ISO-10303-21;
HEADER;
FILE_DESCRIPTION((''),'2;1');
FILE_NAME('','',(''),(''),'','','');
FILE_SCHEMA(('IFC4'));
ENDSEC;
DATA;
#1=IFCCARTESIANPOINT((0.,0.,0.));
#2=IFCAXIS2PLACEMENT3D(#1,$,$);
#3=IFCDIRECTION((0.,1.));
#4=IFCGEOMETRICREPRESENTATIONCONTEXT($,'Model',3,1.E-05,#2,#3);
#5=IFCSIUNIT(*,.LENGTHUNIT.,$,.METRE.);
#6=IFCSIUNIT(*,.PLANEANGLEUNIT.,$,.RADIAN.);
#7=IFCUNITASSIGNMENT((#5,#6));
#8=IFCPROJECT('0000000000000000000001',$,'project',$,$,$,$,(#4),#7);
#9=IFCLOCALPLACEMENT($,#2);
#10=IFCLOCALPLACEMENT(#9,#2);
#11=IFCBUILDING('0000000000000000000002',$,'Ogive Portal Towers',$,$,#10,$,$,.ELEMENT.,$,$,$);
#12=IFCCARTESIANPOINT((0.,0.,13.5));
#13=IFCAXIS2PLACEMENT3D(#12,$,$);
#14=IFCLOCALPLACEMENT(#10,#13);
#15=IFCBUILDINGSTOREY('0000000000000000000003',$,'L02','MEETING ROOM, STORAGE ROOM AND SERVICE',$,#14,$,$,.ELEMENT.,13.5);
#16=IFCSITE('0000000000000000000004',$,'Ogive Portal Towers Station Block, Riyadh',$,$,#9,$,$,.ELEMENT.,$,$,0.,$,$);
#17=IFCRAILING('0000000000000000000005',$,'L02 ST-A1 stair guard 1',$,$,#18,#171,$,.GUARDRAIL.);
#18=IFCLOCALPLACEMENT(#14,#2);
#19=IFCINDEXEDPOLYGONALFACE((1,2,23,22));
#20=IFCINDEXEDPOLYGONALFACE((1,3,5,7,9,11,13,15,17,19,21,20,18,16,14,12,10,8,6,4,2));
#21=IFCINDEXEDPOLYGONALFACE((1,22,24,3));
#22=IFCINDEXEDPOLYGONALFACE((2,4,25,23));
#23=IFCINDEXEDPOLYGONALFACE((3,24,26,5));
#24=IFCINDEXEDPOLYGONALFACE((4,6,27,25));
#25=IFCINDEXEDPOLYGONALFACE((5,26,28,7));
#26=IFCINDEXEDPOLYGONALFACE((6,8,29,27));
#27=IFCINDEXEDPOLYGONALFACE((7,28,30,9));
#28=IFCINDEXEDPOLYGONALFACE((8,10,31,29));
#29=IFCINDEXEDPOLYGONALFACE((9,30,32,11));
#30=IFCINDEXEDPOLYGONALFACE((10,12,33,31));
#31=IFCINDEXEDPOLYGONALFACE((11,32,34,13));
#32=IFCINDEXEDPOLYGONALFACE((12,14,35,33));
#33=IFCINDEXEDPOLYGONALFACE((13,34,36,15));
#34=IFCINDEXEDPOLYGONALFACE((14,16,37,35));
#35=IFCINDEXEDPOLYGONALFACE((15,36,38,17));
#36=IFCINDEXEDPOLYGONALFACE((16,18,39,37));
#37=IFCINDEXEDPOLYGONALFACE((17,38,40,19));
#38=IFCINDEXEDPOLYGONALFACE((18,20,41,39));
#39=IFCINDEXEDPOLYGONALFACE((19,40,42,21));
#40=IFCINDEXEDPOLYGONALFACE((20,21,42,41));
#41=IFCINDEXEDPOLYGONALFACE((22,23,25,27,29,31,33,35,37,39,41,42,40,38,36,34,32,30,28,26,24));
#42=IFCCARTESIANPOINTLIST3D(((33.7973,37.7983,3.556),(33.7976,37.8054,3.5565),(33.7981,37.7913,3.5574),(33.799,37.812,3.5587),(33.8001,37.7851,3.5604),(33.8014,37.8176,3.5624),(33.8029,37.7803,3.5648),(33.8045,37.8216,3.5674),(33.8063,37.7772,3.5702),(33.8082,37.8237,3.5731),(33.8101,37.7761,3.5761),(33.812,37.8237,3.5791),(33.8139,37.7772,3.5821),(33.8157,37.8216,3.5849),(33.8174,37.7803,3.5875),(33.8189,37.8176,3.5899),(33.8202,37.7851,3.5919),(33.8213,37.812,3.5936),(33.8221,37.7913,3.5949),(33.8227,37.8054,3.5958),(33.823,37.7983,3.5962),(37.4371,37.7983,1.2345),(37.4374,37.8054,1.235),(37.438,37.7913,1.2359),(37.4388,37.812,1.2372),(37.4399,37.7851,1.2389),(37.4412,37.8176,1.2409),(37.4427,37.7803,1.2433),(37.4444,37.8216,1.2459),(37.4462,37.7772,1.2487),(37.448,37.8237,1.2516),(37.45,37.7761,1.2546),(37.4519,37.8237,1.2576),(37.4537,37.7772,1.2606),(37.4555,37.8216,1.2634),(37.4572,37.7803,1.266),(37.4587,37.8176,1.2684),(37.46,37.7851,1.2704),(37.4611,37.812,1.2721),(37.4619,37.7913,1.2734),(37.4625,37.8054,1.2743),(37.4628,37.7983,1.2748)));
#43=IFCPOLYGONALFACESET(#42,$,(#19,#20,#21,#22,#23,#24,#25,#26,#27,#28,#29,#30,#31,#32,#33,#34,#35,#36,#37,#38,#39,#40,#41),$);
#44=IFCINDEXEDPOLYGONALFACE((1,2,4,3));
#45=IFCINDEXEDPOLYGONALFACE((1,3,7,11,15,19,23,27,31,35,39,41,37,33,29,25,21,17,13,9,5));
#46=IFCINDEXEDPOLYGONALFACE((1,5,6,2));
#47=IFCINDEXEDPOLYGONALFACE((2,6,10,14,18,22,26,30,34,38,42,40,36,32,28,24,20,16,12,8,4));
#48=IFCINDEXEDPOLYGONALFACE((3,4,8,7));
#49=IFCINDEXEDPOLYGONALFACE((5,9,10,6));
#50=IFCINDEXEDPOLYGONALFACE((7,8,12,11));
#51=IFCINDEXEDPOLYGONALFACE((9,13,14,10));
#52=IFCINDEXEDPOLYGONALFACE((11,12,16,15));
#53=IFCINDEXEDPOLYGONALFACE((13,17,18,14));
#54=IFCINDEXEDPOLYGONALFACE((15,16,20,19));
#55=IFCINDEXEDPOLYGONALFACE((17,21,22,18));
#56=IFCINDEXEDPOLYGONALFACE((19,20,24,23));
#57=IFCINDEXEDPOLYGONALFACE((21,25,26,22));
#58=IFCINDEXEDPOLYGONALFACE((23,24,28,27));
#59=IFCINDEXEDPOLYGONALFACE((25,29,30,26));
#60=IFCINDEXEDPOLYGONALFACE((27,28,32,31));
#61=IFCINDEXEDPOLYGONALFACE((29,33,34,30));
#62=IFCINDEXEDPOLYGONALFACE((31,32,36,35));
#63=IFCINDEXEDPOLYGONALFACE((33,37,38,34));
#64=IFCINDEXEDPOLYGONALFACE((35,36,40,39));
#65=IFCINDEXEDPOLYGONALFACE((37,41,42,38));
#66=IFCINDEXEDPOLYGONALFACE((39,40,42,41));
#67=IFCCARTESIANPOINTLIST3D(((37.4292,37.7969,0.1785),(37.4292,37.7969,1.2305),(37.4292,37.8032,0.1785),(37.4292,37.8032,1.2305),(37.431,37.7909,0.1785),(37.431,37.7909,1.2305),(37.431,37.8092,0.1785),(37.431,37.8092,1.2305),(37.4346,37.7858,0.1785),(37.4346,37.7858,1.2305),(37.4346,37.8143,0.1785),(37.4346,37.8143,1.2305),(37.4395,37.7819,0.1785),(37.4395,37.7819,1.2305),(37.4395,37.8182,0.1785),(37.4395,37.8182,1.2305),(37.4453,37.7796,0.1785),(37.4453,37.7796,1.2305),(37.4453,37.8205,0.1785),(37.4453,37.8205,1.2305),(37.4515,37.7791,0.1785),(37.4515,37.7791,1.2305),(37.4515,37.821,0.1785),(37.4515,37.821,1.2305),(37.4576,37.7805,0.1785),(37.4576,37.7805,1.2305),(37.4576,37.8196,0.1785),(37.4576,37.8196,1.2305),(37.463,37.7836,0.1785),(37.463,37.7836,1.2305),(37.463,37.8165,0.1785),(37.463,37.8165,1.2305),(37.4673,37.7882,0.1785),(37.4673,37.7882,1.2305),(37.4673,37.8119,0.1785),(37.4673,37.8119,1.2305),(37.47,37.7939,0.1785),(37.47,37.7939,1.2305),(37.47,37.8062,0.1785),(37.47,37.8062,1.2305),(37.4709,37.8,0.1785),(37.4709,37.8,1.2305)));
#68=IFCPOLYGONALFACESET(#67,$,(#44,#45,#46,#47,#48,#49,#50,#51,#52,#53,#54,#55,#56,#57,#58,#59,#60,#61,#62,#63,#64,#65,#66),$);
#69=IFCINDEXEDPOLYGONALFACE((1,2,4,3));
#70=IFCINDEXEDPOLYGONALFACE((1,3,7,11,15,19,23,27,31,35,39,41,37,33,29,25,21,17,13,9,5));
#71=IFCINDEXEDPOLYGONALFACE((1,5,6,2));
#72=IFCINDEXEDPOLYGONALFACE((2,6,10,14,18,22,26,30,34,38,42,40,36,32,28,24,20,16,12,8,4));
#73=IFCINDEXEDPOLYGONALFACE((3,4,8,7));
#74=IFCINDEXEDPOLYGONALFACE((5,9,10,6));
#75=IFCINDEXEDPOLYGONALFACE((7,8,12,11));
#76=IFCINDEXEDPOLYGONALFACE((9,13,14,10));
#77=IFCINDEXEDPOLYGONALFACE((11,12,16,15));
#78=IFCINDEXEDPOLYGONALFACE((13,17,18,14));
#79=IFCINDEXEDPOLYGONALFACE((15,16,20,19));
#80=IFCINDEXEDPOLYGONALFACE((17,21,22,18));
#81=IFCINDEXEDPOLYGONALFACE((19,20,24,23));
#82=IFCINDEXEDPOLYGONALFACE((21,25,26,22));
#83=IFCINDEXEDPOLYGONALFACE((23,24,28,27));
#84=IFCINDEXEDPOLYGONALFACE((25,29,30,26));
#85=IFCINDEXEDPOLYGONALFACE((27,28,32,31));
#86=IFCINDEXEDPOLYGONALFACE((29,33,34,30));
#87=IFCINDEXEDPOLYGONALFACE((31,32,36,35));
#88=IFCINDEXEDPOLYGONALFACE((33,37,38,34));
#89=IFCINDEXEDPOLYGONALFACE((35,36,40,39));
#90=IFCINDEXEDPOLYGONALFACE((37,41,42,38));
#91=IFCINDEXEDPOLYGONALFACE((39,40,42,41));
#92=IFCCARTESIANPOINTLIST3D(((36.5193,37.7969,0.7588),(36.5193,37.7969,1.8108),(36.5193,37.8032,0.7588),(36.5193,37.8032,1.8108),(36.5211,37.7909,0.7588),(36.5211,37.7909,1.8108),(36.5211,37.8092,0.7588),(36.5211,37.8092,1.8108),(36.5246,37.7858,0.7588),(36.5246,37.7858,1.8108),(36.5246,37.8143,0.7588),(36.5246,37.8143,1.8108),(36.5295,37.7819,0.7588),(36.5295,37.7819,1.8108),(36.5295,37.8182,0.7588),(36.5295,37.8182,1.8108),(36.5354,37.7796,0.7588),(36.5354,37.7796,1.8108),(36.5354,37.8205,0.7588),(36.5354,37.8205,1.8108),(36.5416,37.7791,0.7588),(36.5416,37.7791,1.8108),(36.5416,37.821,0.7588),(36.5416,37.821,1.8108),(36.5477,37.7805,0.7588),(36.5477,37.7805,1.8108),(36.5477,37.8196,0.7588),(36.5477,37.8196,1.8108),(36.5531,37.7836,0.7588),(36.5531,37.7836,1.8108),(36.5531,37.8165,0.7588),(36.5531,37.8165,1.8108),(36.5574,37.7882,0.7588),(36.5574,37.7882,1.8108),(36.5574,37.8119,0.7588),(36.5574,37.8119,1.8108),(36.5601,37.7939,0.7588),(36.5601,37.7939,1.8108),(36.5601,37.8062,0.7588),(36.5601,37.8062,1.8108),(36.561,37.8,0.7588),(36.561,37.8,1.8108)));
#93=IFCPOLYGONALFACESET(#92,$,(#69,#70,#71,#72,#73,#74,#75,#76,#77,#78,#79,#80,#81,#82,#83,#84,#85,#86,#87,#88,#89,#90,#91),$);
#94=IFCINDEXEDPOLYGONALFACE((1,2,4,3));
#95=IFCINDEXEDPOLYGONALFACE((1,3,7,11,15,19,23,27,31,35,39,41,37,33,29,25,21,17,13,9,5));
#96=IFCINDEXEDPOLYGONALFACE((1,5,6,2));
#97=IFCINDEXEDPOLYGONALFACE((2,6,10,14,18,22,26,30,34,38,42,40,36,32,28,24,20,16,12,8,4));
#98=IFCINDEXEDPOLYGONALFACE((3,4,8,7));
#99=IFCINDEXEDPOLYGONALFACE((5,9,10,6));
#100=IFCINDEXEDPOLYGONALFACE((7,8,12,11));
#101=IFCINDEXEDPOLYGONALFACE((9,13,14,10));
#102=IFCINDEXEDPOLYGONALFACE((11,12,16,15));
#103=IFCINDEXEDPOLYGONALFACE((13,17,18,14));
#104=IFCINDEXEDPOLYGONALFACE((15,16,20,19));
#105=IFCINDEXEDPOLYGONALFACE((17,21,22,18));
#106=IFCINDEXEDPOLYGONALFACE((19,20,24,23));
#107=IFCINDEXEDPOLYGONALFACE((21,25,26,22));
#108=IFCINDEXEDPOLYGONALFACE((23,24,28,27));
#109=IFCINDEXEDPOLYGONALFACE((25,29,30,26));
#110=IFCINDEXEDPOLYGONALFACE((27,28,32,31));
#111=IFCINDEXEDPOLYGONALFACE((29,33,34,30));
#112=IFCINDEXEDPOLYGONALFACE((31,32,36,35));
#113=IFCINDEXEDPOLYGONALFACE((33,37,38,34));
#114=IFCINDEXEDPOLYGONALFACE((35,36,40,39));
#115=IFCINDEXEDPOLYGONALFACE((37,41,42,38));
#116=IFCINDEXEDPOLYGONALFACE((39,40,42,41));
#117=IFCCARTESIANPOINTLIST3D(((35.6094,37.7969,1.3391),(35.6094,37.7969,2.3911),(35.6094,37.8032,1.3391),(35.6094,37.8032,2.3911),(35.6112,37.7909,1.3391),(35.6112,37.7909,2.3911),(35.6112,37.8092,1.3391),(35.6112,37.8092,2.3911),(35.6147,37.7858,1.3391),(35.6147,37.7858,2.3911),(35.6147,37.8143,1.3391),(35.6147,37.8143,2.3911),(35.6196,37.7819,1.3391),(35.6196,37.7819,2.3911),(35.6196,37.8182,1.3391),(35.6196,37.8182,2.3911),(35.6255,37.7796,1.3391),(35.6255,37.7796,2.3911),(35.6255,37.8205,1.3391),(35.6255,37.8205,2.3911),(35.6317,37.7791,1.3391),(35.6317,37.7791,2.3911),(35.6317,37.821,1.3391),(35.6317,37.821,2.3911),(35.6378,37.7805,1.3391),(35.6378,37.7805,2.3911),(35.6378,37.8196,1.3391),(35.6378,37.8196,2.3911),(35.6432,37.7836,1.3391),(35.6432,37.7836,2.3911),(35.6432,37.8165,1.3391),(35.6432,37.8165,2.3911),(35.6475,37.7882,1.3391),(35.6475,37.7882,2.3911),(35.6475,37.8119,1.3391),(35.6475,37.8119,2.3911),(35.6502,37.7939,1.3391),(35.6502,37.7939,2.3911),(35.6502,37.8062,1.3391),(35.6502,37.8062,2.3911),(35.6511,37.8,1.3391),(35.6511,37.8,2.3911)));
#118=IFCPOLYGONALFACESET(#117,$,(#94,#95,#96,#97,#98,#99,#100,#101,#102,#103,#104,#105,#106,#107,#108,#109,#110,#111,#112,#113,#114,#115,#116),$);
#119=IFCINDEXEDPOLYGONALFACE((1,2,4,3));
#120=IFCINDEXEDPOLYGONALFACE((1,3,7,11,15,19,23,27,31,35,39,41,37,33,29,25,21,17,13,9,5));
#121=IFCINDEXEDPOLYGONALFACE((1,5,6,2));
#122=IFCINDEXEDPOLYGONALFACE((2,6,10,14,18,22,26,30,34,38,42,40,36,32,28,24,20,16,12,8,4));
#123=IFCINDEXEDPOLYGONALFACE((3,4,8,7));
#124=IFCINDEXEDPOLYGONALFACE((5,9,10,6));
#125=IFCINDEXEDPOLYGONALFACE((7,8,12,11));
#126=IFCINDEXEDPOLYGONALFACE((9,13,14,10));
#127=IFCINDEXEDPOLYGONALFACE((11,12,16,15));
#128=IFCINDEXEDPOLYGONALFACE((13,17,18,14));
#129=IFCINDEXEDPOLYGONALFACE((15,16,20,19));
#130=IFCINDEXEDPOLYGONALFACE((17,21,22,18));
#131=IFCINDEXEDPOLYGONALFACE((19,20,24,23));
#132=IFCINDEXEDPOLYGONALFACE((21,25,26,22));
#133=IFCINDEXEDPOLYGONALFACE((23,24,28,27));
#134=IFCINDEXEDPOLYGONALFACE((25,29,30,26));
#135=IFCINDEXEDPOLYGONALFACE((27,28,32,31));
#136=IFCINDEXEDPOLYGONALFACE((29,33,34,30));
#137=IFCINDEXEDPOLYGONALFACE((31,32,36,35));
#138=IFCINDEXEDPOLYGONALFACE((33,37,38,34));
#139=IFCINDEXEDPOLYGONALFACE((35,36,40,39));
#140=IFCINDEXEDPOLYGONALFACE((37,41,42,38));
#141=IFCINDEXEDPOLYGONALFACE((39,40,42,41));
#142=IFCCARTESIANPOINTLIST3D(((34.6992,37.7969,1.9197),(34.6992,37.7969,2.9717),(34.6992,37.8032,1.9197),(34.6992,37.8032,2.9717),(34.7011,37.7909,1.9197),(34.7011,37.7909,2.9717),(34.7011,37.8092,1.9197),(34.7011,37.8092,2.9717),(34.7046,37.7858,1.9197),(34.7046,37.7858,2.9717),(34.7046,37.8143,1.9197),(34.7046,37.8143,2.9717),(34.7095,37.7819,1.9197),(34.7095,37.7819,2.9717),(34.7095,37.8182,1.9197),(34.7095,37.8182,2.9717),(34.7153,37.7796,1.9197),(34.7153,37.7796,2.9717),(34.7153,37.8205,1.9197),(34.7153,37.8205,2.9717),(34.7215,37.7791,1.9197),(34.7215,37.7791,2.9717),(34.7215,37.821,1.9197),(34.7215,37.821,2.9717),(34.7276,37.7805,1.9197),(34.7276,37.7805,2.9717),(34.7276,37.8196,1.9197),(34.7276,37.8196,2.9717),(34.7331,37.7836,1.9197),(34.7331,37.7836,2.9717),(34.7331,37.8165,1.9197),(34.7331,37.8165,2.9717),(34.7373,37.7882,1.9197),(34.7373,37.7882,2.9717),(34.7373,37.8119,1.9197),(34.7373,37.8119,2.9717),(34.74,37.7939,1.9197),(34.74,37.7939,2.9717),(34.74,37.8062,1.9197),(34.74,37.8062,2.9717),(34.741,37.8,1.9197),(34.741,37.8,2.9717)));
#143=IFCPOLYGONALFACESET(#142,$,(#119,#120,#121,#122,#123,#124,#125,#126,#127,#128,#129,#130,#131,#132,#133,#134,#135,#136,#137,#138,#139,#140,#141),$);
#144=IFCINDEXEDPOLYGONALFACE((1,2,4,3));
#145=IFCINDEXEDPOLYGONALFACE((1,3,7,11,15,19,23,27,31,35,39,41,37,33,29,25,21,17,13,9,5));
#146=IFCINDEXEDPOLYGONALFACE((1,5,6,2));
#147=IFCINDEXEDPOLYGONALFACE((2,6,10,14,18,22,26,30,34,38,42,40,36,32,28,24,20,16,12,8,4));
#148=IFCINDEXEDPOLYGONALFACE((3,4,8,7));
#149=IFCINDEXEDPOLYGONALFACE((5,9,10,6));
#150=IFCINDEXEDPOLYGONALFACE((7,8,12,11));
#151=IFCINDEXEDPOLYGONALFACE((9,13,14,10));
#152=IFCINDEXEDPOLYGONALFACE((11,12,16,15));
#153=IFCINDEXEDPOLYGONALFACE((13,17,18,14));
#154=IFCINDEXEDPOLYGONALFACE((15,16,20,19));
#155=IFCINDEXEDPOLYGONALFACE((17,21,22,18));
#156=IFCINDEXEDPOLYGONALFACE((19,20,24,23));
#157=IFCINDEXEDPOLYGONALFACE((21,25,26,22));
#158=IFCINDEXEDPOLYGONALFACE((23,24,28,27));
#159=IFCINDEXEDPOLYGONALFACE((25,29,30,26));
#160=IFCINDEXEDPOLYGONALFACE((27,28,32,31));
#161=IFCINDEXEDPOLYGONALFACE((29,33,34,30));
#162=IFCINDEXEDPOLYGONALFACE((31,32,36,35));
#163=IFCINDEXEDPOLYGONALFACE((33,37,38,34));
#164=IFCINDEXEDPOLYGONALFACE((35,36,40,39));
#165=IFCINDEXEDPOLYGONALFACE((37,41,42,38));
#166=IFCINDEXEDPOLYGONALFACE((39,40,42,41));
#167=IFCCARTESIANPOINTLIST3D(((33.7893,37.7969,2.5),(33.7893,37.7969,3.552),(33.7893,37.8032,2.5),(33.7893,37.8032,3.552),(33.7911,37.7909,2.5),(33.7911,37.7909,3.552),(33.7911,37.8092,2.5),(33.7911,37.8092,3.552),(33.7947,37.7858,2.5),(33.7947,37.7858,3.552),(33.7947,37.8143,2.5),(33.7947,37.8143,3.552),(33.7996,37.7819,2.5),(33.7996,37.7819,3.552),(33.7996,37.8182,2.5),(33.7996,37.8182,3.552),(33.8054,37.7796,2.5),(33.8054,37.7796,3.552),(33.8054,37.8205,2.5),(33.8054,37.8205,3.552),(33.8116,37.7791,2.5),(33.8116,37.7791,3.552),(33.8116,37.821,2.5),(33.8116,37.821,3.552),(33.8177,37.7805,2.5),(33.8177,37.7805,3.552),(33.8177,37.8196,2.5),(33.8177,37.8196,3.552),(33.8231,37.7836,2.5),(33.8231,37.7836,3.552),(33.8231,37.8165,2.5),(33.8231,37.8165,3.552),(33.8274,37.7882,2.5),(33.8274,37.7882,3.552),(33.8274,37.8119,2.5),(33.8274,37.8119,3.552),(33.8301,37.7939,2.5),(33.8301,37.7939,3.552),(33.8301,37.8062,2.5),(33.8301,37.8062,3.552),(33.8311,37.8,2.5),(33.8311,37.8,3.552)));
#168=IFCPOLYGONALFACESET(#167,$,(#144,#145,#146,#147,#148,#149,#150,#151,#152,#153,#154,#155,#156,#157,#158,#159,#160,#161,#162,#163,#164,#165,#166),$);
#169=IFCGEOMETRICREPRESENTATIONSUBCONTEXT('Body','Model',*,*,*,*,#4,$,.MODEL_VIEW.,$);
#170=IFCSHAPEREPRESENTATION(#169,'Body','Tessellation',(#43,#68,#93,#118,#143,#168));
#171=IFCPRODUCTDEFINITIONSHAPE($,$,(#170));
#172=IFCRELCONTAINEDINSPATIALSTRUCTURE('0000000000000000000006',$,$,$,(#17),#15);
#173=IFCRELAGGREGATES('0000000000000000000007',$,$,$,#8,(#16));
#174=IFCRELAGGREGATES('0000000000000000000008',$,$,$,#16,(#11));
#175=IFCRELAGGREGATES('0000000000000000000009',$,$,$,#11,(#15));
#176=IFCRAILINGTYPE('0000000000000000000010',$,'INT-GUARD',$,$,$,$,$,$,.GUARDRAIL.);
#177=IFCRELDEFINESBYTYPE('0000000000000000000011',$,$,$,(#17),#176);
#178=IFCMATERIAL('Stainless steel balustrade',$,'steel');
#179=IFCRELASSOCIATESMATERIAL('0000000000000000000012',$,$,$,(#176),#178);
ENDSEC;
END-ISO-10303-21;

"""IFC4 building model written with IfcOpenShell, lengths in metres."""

from ifc_helpers import new_model, si_unit, direction, frame, origin, origin_2d, place, context, subcontext, project, spatial, circle, extrude, material, type_object, element, save


model = new_model("IFC4")

# Units and contexts
model_context = context("Model", 3, precision=1e-05, world=origin(), true_north=direction((0.0, 1.0)))
body_context = subcontext(model_context, "Body", "Model", "MODEL_VIEW")
ifc_project = project(units=[si_unit("LENGTHUNIT", "METRE"), si_unit("PLANEANGLEUNIT", "RADIAN")], contexts=[model_context])

# Site, building, storey
site_placement = place(None, origin())
site = spatial("IfcSite", under=ifc_project, at=site_placement, Name="Ogive Portal Towers Station Block, Riyadh", CompositionType="ELEMENT", RefElevation=0.0)
building_placement = place(site_placement, origin())
building = spatial("IfcBuilding", under=site, at=building_placement, Name="Ogive Portal Towers", CompositionType="ELEMENT")
storey_placement = place(building_placement, frame((0.0, 0.0, 13.5)))
storey = spatial("IfcBuildingStorey", under=building, at=storey_placement, Name="L02", Description="MEETING ROOM, STORAGE ROOM AND SERVICE", CompositionType="ELEMENT", Elevation=13.5)

# Railing
ifc_material_1 = material(Name="Stainless steel balustrade", Category="steel")
railing_type_1 = type_object("IfcRailingType", Name="INT-GUARD", PredefinedType="GUARDRAIL", material=ifc_material_1)
railing_1_placement = place(storey_placement, frame((37.45, 37.8, 0.1785)))
element("IfcRailing", 1, at=railing_1_placement, inside=storey, type_object=railing_type_1, Name="L02 ST-A1 stair guard 1", PredefinedType="GUARDRAIL", context=body_context, shape_type="SweptSolid", body=[
    extrude(circle(Radius=0.0239, at=origin_2d()), frame((0.0, 0.0, 1.0762), z_axis=(-0.843112, 0.0, 0.537739), x_axis=(0.0, -1.0, 0.0)), (0.0, 0.0, 1.0), 4.3171),
    extrude(circle(Radius=0.021, at=origin_2d()), origin(), (0.0, 0.0, 1.0), 1.052),
    extrude(circle(Radius=0.021, at=origin_2d()), frame((-0.9099, 0.0, 0.5803)), (0.0, 0.0, 1.0), 1.052),
    extrude(circle(Radius=0.021, at=origin_2d()), frame((-1.8198, 0.0, 1.1606)), (0.0, 0.0, 1.0), 1.052),
    extrude(circle(Radius=0.021, at=origin_2d()), frame((-2.73, 0.0, 1.7412)), (0.0, 0.0, 1.0), 1.052),
    extrude(circle(Radius=0.021, at=origin_2d()), frame((-3.6399, 0.0, 2.3215)), (0.0, 0.0, 1.0), 1.052),
])

save(model, "model.ifc")
